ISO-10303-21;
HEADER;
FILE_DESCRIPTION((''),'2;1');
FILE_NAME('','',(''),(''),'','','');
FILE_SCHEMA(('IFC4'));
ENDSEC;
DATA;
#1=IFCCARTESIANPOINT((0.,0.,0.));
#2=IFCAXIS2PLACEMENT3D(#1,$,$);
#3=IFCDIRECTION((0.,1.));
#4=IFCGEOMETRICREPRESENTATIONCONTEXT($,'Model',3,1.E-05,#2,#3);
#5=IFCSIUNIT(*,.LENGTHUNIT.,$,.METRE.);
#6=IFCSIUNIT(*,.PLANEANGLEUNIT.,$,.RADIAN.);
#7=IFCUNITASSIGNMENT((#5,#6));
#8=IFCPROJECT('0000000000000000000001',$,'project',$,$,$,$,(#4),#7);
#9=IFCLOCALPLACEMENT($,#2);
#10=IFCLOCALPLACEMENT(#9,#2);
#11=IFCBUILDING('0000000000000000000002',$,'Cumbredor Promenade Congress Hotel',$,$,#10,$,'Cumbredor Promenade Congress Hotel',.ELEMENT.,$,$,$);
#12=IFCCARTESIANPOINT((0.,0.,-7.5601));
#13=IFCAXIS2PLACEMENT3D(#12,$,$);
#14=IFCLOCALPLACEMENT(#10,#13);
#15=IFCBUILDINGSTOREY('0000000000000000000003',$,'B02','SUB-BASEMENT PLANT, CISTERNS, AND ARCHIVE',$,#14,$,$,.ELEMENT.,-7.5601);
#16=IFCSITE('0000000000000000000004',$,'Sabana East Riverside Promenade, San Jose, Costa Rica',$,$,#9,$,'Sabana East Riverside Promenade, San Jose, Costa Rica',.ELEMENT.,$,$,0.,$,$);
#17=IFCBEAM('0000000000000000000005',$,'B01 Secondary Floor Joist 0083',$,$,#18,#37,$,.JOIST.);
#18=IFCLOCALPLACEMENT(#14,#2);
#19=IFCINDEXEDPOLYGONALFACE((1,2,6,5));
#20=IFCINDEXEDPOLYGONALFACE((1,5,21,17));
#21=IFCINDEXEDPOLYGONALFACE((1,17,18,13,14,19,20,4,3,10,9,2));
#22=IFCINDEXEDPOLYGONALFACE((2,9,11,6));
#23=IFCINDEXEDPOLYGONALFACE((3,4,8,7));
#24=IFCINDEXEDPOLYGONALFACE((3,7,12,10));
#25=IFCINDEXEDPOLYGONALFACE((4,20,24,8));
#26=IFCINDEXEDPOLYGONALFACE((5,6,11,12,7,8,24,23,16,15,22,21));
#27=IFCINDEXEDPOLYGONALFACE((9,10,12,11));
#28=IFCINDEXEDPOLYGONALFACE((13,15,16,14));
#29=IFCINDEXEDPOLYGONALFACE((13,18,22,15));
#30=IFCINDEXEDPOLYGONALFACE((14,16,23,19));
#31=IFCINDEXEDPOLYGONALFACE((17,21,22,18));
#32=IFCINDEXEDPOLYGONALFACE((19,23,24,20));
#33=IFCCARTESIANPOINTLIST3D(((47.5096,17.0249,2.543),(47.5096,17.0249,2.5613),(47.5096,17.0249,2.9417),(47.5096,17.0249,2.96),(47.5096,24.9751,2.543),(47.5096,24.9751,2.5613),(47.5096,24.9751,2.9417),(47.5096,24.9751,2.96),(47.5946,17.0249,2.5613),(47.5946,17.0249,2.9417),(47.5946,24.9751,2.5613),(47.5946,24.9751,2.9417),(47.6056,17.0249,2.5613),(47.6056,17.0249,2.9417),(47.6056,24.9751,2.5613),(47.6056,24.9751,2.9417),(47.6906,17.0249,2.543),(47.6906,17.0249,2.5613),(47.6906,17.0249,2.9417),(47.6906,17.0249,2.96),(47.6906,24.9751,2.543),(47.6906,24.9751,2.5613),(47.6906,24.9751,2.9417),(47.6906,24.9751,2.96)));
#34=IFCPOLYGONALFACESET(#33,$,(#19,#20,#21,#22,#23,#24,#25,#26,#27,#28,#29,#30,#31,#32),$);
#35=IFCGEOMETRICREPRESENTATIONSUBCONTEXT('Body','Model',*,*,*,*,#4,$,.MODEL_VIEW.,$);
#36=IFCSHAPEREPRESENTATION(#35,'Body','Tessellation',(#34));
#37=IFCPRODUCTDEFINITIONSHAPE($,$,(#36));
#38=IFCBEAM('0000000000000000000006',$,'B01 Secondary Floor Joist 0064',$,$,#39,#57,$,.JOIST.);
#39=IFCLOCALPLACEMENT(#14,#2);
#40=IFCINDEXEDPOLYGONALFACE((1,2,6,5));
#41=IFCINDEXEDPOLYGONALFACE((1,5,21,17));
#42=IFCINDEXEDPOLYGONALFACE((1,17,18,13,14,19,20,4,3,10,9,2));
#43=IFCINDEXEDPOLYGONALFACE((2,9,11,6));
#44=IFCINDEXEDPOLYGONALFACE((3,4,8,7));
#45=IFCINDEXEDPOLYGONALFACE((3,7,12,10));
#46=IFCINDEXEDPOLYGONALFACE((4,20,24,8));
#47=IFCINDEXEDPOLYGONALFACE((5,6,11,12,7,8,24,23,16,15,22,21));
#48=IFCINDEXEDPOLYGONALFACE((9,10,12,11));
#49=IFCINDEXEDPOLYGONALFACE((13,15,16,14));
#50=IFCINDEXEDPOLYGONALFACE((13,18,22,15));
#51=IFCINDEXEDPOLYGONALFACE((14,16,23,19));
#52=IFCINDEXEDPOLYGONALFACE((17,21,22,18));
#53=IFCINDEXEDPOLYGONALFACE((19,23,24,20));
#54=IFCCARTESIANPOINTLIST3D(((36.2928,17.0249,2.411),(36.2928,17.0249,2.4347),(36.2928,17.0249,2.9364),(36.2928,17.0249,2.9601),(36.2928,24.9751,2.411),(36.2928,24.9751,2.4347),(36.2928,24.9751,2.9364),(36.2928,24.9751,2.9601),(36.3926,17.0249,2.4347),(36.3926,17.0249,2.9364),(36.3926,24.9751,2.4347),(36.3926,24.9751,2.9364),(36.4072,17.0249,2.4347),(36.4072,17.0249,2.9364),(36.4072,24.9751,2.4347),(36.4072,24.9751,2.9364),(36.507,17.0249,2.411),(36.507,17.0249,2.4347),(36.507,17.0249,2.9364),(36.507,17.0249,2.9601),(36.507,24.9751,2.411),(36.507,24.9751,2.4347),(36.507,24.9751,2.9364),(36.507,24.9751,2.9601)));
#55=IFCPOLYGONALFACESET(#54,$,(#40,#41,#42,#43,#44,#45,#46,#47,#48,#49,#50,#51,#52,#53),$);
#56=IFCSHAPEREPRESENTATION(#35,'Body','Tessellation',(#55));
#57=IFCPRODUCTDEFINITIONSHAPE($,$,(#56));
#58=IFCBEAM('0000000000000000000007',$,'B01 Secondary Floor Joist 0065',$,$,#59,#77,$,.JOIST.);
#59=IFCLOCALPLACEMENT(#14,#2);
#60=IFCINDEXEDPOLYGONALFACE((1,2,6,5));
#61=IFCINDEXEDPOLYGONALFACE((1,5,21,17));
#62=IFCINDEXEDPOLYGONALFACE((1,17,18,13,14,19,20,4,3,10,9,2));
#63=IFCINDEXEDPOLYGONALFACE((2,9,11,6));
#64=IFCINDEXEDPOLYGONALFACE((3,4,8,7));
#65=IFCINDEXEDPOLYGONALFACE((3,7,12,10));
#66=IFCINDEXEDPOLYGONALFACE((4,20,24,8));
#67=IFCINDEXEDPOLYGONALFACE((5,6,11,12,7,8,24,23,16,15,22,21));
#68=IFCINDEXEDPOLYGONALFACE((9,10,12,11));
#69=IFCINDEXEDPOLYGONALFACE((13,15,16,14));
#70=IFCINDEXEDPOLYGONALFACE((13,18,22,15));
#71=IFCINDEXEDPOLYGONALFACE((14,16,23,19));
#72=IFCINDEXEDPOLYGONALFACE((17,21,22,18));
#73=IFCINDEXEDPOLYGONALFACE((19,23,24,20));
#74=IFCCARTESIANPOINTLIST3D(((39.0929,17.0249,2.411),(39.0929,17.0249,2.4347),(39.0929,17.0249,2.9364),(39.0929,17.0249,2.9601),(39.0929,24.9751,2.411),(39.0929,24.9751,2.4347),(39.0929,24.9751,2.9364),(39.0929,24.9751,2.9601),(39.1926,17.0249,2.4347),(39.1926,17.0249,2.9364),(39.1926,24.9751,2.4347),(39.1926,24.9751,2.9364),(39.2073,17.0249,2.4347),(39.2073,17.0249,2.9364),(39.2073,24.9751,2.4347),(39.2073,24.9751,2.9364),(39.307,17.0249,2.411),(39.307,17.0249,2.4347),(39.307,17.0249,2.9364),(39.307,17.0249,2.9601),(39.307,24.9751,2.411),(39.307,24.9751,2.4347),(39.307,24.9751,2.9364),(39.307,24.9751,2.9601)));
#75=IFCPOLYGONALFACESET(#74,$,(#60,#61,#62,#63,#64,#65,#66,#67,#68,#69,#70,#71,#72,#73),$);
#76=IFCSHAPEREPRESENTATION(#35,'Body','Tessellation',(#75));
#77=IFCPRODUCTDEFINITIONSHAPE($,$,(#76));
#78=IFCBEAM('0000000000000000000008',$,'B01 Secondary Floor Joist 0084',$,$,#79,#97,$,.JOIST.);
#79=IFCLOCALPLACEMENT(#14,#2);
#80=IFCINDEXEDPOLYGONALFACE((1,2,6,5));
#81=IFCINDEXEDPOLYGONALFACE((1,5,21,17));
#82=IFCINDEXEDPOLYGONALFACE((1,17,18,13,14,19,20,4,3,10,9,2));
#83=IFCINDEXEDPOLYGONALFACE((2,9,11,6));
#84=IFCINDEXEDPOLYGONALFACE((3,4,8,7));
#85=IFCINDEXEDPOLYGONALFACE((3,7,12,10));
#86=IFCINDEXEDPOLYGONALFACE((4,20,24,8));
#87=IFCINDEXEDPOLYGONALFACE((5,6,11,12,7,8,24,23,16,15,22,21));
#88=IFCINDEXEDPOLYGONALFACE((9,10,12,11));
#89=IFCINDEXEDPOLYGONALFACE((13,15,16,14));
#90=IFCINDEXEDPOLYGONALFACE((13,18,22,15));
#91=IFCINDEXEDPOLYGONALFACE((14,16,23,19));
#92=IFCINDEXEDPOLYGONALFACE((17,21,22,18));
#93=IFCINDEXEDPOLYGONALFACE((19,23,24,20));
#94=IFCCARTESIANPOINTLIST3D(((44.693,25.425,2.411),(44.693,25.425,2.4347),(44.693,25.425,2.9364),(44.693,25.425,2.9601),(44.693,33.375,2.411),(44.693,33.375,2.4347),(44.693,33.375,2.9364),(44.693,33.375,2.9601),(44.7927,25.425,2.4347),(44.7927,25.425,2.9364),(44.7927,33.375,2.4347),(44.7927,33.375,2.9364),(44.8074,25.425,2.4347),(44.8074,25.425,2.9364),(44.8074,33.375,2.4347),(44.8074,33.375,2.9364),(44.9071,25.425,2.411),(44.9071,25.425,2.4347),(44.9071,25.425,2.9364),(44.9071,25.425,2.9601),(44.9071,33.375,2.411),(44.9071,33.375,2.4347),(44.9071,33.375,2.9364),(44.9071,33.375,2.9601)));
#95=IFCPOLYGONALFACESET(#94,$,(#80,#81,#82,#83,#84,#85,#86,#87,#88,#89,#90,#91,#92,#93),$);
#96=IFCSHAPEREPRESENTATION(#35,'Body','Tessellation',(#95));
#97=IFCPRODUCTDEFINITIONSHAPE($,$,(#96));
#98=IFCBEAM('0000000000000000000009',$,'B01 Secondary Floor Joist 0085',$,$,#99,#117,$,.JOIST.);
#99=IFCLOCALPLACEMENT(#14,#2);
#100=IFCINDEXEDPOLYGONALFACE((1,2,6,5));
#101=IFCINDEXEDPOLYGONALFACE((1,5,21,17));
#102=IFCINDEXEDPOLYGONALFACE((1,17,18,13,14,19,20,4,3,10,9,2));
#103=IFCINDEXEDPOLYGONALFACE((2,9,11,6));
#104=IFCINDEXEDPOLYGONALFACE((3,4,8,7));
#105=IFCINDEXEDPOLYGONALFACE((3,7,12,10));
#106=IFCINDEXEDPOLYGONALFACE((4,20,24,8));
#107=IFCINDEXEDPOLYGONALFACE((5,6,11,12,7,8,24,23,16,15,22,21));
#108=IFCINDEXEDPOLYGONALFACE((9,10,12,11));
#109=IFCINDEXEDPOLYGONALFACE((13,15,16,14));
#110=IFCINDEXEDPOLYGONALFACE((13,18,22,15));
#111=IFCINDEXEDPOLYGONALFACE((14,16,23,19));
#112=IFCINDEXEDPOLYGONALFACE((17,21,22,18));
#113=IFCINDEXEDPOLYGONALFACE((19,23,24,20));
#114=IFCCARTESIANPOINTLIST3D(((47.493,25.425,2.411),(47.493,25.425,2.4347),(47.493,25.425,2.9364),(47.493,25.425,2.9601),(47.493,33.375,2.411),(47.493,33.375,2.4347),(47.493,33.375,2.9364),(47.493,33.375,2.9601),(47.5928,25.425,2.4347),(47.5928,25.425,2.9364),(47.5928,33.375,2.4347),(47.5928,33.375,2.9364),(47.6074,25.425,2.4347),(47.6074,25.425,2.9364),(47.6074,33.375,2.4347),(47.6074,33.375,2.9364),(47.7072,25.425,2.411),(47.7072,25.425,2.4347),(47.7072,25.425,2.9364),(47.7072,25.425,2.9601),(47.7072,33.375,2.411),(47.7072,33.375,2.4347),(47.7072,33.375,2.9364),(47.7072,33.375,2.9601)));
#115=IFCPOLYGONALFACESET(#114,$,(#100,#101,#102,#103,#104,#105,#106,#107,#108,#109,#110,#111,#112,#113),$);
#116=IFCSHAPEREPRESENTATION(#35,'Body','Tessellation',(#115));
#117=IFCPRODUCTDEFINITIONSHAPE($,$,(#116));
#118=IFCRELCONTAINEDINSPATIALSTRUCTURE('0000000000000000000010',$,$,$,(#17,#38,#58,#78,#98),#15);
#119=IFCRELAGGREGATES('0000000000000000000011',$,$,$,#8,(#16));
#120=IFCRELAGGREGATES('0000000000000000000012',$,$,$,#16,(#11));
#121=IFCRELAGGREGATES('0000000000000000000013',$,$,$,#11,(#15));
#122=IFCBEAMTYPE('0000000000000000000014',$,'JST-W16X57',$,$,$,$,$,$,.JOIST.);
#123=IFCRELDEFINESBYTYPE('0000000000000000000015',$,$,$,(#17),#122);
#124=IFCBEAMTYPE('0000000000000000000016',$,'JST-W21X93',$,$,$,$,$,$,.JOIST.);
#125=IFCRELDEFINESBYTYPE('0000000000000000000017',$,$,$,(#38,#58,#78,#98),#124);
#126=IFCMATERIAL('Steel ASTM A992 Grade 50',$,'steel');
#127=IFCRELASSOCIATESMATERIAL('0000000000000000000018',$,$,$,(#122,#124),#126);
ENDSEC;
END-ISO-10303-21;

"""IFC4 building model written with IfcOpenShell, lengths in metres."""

from ifc_helpers import new_model, si_unit, direction, frame, origin, origin_2d, place, context, subcontext, project, spatial, i_section, extrude, material, material_profile, profile_set, type_object, element, save


model = new_model("IFC4")

# Units and contexts
model_context = context("Model", 3, precision=1e-05, world=origin(), true_north=direction((0.0, 1.0)))
body_context = subcontext(model_context, "Body", "Model", "MODEL_VIEW")
ifc_project = project(units=[si_unit("LENGTHUNIT", "METRE"), si_unit("PLANEANGLEUNIT", "RADIAN")], contexts=[model_context])

# Site, building, storey
site_placement = place(None, origin())
site = spatial("IfcSite", under=ifc_project, at=site_placement, Name="Sabana East Riverside Promenade, San Jose, Costa Rica", LongName="Sabana East Riverside Promenade, San Jose, Costa Rica", CompositionType="ELEMENT", RefElevation=0.0)
building_placement = place(site_placement, origin())
building = spatial("IfcBuilding", under=site, at=building_placement, Name="Cumbredor Promenade Congress Hotel", LongName="Cumbredor Promenade Congress Hotel", CompositionType="ELEMENT")
storey_placement = place(building_placement, frame((0.0, 0.0, -7.5601)))
storey = spatial("IfcBuildingStorey", under=building, at=storey_placement, Name="B02", Description="SUB-BASEMENT PLANT, CISTERNS, AND ARCHIVE", CompositionType="ELEMENT", Elevation=-7.5601)

# Beams
ifc_material_1 = material(Name="Steel ASTM A992 Grade 50", Category="steel")
ifc_material_profile_1 = material_profile(ifc_material_1, i_section(OverallWidth=0.1809, OverallDepth=0.417, WebThickness=0.011, FlangeThickness=0.0183, at=origin_2d()), Name="W16X57")
ifc_profile_set_1 = profile_set([ifc_material_profile_1], Name="Steel ASTM A992 Grade 50")
beam_type_1 = type_object("IfcBeamType", Name="JST-W16X57", PredefinedType="JOIST", material=ifc_profile_set_1)
for number, where, z_axis, x_axis, name in (
    (1, (47.6001, 17.0249, 2.7515), (0.0, 1.0, 0.0), (-1.0, 0.0, 0.0), "B01 Secondary Floor Joist 0083"),
):
    element("IfcBeam", number, at=place(storey_placement, frame(where, z_axis=z_axis, x_axis=x_axis)), inside=storey, type_object=beam_type_1, Name=name, PredefinedType="JOIST", context=body_context, shape_type="SweptSolid", body=[
        extrude(i_section(OverallWidth=0.1809, OverallDepth=0.417, WebThickness=0.011, FlangeThickness=0.0183, at=origin_2d()), origin(), (0.0, 0.0, 1.0), 7.9502),
    ])
ifc_material_profile_2 = material_profile(ifc_material_1, i_section(OverallWidth=0.2141, OverallDepth=0.5491, WebThickness=0.0146, FlangeThickness=0.0237, at=origin_2d()), Name="W21X93")
ifc_profile_set_2 = profile_set([ifc_material_profile_2], Name="Steel ASTM A992 Grade 50")
beam_type_2 = type_object("IfcBeamType", Name="JST-W21X93", PredefinedType="JOIST", material=ifc_profile_set_2)
for number, where, z_axis, x_axis, name in (
    (2, (36.3999, 17.0249, 2.6855), (0.0, 1.0, 0.0), (-1.0, 0.0, 0.0), "B01 Secondary Floor Joist 0064"),
    (3, (39.2, 17.0249, 2.6855), (0.0, 1.0, 0.0), (-1.0, 0.0, 0.0), "B01 Secondary Floor Joist 0065"),
):
    element("IfcBeam", number, at=place(storey_placement, frame(where, z_axis=z_axis, x_axis=x_axis)), inside=storey, type_object=beam_type_2, Name=name, PredefinedType="JOIST", context=body_context, shape_type="SweptSolid", body=[
        extrude(i_section(OverallWidth=0.2141, OverallDepth=0.5491, WebThickness=0.0146, FlangeThickness=0.0237, at=origin_2d()), origin(), (0.0, 0.0, 1.0), 7.9502),
    ])
for number, where, z_axis, x_axis, name in (
    (4, (44.8, 25.425, 2.6855), (0.0, 1.0, 0.0), (-1.0, 0.0, 0.0), "B01 Secondary Floor Joist 0084"),
    (5, (47.6001, 25.425, 2.6855), (0.0, 1.0, 0.0), (-1.0, 0.0, 0.0), "B01 Secondary Floor Joist 0085"),
):
    element("IfcBeam", number, at=place(storey_placement, frame(where, z_axis=z_axis, x_axis=x_axis)), inside=storey, type_object=beam_type_2, Name=name, PredefinedType="JOIST", context=body_context, shape_type="SweptSolid", body=[
        extrude(i_section(OverallWidth=0.2141, OverallDepth=0.5491, WebThickness=0.0146, FlangeThickness=0.0237, at=origin_2d()), origin(), (0.0, 0.0, 1.0), 7.95),
    ])

save(model, "model.ifc")
